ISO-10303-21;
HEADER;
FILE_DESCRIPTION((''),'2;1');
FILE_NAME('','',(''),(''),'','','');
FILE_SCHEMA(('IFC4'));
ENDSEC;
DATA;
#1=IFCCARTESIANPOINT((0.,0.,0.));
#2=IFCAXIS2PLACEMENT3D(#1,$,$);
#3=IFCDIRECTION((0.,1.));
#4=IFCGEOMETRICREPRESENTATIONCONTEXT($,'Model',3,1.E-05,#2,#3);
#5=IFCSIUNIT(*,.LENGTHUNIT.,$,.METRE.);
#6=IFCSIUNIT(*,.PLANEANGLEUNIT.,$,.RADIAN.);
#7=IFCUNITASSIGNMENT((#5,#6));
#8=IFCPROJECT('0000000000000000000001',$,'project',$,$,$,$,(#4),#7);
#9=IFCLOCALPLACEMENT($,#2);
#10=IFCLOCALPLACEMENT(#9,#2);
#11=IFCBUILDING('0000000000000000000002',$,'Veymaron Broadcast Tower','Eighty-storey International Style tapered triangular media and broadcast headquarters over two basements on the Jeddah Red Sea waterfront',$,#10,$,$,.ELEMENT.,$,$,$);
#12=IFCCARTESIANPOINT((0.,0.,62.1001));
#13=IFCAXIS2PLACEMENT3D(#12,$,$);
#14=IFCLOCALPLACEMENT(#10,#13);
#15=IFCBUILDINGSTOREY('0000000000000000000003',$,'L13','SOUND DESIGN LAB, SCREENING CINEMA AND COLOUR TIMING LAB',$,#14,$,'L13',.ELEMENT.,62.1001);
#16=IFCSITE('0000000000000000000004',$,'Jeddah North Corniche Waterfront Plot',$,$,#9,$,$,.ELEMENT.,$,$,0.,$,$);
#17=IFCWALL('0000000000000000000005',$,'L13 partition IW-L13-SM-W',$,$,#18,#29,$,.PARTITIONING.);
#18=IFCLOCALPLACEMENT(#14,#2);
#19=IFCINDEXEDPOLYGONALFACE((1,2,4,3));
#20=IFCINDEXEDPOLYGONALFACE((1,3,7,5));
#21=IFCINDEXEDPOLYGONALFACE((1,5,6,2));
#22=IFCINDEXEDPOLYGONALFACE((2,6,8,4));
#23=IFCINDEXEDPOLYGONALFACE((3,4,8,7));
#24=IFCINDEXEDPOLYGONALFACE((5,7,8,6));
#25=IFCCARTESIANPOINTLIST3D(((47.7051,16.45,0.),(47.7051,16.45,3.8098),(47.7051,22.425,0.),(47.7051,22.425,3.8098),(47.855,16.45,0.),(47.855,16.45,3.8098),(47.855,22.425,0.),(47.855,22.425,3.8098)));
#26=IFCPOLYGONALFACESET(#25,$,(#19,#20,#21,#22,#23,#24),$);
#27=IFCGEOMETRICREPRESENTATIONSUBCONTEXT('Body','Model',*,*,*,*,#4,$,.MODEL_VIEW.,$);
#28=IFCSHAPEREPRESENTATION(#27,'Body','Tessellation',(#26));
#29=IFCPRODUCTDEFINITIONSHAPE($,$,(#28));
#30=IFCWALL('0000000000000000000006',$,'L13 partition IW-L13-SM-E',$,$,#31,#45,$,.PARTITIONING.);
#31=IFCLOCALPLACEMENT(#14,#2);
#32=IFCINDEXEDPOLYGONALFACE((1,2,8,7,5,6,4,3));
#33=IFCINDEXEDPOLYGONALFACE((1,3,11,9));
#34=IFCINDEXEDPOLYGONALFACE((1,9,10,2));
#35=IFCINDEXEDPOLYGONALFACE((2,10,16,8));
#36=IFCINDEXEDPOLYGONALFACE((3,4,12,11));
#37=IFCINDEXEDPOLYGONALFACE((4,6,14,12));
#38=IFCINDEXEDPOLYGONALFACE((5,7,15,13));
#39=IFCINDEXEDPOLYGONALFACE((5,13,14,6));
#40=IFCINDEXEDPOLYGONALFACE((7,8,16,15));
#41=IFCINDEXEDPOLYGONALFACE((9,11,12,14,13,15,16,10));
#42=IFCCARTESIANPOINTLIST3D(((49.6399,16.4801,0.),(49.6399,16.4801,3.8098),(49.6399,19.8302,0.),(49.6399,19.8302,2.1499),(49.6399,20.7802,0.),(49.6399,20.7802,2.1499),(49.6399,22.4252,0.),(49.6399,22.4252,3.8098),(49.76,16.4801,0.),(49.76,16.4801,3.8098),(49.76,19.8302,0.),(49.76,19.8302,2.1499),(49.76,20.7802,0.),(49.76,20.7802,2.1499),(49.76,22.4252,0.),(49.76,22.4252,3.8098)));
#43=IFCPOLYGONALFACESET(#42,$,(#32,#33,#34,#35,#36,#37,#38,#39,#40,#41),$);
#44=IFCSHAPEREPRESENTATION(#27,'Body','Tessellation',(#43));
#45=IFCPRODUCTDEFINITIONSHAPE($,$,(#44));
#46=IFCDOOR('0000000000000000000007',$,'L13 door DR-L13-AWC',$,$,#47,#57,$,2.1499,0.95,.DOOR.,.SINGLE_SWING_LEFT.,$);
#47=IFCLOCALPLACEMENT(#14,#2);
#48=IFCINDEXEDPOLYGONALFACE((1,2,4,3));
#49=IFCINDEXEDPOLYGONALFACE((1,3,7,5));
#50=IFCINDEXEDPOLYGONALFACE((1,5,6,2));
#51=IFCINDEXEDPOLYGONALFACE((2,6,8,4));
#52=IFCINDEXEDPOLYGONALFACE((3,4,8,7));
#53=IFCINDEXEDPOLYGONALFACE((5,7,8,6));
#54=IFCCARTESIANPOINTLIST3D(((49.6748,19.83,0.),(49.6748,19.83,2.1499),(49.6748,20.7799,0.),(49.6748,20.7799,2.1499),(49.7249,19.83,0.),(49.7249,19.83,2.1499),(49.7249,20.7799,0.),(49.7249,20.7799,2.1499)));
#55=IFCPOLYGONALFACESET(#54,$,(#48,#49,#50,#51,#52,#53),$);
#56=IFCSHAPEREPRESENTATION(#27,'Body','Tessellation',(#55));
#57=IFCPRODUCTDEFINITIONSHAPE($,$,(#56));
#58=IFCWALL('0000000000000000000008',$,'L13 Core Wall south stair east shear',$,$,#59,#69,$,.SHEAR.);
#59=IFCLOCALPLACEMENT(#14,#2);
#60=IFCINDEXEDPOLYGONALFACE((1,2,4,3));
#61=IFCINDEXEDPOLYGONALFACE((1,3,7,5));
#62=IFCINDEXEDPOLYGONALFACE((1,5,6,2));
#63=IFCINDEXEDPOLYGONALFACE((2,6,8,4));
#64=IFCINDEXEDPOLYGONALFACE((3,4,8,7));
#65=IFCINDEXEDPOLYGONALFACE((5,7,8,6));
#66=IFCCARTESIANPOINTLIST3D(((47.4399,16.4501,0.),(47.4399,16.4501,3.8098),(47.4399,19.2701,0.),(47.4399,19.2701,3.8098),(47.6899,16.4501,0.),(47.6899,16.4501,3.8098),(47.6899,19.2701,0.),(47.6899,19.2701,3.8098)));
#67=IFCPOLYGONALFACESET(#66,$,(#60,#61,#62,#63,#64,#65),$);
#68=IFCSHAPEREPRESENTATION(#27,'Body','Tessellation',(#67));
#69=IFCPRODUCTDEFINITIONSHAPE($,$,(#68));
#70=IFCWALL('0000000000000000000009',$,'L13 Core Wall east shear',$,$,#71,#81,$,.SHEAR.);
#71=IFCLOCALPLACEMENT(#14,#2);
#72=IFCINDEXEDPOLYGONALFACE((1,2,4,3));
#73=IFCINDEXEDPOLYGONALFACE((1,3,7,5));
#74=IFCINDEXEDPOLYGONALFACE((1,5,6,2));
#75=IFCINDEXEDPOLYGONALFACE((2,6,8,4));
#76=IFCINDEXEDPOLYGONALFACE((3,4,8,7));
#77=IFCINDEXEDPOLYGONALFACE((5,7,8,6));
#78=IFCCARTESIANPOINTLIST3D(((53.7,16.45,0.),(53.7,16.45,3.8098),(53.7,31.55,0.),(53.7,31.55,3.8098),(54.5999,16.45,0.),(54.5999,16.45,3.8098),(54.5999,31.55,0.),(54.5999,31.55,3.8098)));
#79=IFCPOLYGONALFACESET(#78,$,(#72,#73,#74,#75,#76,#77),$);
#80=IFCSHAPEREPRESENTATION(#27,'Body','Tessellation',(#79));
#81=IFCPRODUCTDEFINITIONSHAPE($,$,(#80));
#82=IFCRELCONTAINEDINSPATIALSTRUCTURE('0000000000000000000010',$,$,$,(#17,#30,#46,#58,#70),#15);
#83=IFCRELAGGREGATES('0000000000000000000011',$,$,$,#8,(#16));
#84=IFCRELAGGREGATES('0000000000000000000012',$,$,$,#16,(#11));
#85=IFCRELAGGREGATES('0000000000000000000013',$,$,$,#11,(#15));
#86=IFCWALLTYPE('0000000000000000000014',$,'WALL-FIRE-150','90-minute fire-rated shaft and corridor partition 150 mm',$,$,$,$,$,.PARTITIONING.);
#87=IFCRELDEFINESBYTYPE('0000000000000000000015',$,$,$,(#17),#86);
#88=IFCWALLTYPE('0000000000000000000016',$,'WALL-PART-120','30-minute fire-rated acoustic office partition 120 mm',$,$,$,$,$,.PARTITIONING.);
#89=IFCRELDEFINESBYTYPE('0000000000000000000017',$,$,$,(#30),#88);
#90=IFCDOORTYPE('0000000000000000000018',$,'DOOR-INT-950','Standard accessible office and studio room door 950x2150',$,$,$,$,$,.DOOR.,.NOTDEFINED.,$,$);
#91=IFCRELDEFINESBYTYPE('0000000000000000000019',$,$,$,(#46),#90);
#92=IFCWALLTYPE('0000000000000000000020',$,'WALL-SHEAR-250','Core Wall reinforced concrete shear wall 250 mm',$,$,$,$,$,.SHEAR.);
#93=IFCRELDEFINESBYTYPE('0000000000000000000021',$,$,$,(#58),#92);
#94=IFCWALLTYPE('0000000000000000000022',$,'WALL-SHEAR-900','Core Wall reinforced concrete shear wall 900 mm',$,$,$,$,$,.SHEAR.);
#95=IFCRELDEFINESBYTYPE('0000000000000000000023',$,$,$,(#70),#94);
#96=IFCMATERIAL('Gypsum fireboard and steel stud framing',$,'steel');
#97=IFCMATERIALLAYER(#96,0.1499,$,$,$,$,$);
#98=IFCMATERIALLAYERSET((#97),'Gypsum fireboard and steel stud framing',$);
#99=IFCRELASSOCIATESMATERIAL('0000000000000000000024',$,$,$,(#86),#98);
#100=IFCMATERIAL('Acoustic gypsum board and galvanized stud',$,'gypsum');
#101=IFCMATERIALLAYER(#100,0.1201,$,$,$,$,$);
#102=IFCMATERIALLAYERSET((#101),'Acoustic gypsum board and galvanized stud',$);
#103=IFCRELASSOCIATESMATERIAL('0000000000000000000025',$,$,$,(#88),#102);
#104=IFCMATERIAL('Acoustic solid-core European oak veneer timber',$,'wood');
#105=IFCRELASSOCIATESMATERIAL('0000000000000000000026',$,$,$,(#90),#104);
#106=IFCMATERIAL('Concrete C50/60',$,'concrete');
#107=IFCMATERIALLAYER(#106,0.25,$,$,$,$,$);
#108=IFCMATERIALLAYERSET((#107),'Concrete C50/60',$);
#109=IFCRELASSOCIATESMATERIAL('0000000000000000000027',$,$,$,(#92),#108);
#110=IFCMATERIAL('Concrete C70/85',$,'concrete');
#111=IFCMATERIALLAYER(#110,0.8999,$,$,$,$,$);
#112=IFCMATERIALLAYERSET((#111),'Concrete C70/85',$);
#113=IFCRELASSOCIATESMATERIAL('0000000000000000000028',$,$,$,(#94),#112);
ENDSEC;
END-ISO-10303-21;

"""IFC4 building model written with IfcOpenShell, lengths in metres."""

from ifc_helpers import new_model, si_unit, direction, frame, frame_2d, origin, place, context, subcontext, project, spatial, rectangle, extrude, material, layer, layer_set, type_object, element, fill, save


model = new_model("IFC4")

# Units and contexts
model_context = context("Model", 3, precision=1e-05, world=origin(), true_north=direction((0.0, 1.0)))
body_context = subcontext(model_context, "Body", "Model", "MODEL_VIEW")
ifc_project = project(units=[si_unit("LENGTHUNIT", "METRE"), si_unit("PLANEANGLEUNIT", "RADIAN")], contexts=[model_context])

# Site, building, storey
site_placement = place(None, origin())
site = spatial("IfcSite", under=ifc_project, at=site_placement, Name="Jeddah North Corniche Waterfront Plot", CompositionType="ELEMENT", RefElevation=0.0)
building_placement = place(site_placement, origin())
building = spatial("IfcBuilding", under=site, at=building_placement, Name="Veymaron Broadcast Tower", Description="Eighty-storey International Style tapered triangular media and broadcast headquarters over two basements on the Jeddah Red Sea waterfront", CompositionType="ELEMENT")
storey_placement = place(building_placement, frame((0.0, 0.0, 62.1001)))
storey = spatial("IfcBuildingStorey", under=building, at=storey_placement, Name="L13", Description="SOUND DESIGN LAB, SCREENING CINEMA AND COLOUR TIMING LAB", LongName="L13", CompositionType="ELEMENT", Elevation=62.1001)

# Shared definitions
ifc_material_1 = material(Name="Gypsum fireboard and steel stud framing", Category="steel")
ifc_layer_1 = layer(ifc_material_1, 0.1499)
ifc_layer_set_1 = layer_set([ifc_layer_1], Name="Gypsum fireboard and steel stud framing")
wall_type_1 = type_object("IfcWallType", Name="WALL-FIRE-150", Description="90-minute fire-rated shaft and corridor partition 150 mm", PredefinedType="PARTITIONING", material=ifc_layer_set_1)

# Wall
wall_1_placement = place(storey_placement, frame((47.78, 16.45, 0.0), z_axis=(0.0, 0.0, 1.0), x_axis=(0.0, 1.0, 0.0)))
element("IfcWall", 1, at=wall_1_placement, inside=storey, type_object=wall_type_1, Name="L13 partition IW-L13-SM-W", PredefinedType="PARTITIONING", context=body_context, shape_type="SweptSolid", body=[
    extrude(rectangle(XDim=5.9751, YDim=0.1499, at=frame_2d((2.9875, 0.0))), origin(), (0.0, 0.0, 1.0), 3.8098),
])

# Wall, opening, door
ifc_material_2 = material(Name="Acoustic gypsum board and galvanized stud", Category="gypsum")
ifc_layer_2 = layer(ifc_material_2, 0.1201)
ifc_layer_set_2 = layer_set([ifc_layer_2], Name="Acoustic gypsum board and galvanized stud")
wall_type_2 = type_object("IfcWallType", Name="WALL-PART-120", Description="30-minute fire-rated acoustic office partition 120 mm", PredefinedType="PARTITIONING", material=ifc_layer_set_2)
wall_2_placement = place(storey_placement, frame((49.7, 16.48, 0.0), z_axis=(0.0, 0.0, 1.0), x_axis=(0.0, 1.0, 0.0)))
wall_2 = element("IfcWall", 2, at=wall_2_placement, inside=storey, type_object=wall_type_2, Name="L13 partition IW-L13-SM-E", PredefinedType="PARTITIONING", context=body_context, shape_type="SweptSolid", body=[
    extrude(rectangle(XDim=5.9451, YDim=0.1201, at=frame_2d((2.9727, 0.0))), origin(), (0.0, 0.0, 1.0), 3.8098),
])
opening_1_placement = place(wall_2_placement, frame((3.3501, 0.0, 0.0)))
opening_1 = element("IfcOpeningElement", 3, at=opening_1_placement, cuts=wall_2, PredefinedType="OPENING", context=body_context, shape_type="SweptSolid", body=[
    extrude(rectangle(XDim=0.95, YDim=2.1499, at=frame_2d((0.4751, 1.075))), frame((0.0, 0.0701, 0.0), z_axis=(0.0, -1.0, 0.0), x_axis=(1.0, 0.0, 0.0)), (0.0, 0.0, 1.0), 0.1401),
])
ifc_material_3 = material(Name="Acoustic solid-core European oak veneer timber", Category="wood")
door_type_1 = type_object("IfcDoorType", Name="DOOR-INT-950", Description="Standard accessible office and studio room door 950x2150", OperationType="NOTDEFINED", PredefinedType="DOOR", material=ifc_material_3)
door_1_placement = place(opening_1_placement, frame((0.95, 0.0, 0.0), z_axis=(0.0, 0.0, 1.0), x_axis=(-1.0, 0.0, 0.0)))
door_1 = element("IfcDoor", 4, at=door_1_placement, inside=storey, type_object=door_type_1, Name="L13 door DR-L13-AWC", OperationType="SINGLE_SWING_LEFT", OverallHeight=2.1499, OverallWidth=0.95, PredefinedType="DOOR", context=body_context, shape_type="SweptSolid", body=[
    extrude(rectangle(XDim=0.95, YDim=2.1499, at=frame_2d((0.4751, 1.075))), frame((0.0, 0.0249, 0.0), z_axis=(0.0, -1.0, 0.0), x_axis=(1.0, 0.0, 0.0)), (0.0, 0.0, 1.0), 0.05),
])
fill(opening_1, door_1)

# Walls
ifc_material_4 = material(Name="Concrete C50/60", Category="concrete")
ifc_layer_3 = layer(ifc_material_4, 0.25)
ifc_layer_set_3 = layer_set([ifc_layer_3], Name="Concrete C50/60")
wall_type_3 = type_object("IfcWallType", Name="WALL-SHEAR-250", Description="Core Wall reinforced concrete shear wall 250 mm", PredefinedType="SHEAR", material=ifc_layer_set_3)
wall_3_placement = place(storey_placement, frame((47.5649, 16.45, 0.0), z_axis=(0.0, 0.0, 1.0), x_axis=(0.0, 1.0, 0.0)))
element("IfcWall", 5, at=wall_3_placement, inside=storey, type_object=wall_type_3, Name="L13 Core Wall south stair east shear", PredefinedType="SHEAR", context=body_context, shape_type="SweptSolid", body=[
    extrude(rectangle(XDim=2.8201, YDim=0.25, at=frame_2d((1.4102, 0.0))), origin(), (0.0, 0.0, 1.0), 3.8098),
])
ifc_material_5 = material(Name="Concrete C70/85", Category="concrete")
ifc_layer_4 = layer(ifc_material_5, 0.8999)
ifc_layer_set_4 = layer_set([ifc_layer_4], Name="Concrete C70/85")
wall_type_4 = type_object("IfcWallType", Name="WALL-SHEAR-900", Description="Core Wall reinforced concrete shear wall 900 mm", PredefinedType="SHEAR", material=ifc_layer_set_4)
wall_4_placement = place(storey_placement, frame((54.1499, 16.45, 0.0), z_axis=(0.0, 0.0, 1.0), x_axis=(0.0, 1.0, 0.0)))
element("IfcWall", 6, at=wall_4_placement, inside=storey, type_object=wall_type_4, Name="L13 Core Wall east shear", PredefinedType="SHEAR", context=body_context, shape_type="SweptSolid", body=[
    extrude(rectangle(XDim=15.1001, YDim=0.8999, at=frame_2d((7.55, 0.0))), origin(), (0.0, 0.0, 1.0), 3.8098),
])

save(model, "model.ifc")
